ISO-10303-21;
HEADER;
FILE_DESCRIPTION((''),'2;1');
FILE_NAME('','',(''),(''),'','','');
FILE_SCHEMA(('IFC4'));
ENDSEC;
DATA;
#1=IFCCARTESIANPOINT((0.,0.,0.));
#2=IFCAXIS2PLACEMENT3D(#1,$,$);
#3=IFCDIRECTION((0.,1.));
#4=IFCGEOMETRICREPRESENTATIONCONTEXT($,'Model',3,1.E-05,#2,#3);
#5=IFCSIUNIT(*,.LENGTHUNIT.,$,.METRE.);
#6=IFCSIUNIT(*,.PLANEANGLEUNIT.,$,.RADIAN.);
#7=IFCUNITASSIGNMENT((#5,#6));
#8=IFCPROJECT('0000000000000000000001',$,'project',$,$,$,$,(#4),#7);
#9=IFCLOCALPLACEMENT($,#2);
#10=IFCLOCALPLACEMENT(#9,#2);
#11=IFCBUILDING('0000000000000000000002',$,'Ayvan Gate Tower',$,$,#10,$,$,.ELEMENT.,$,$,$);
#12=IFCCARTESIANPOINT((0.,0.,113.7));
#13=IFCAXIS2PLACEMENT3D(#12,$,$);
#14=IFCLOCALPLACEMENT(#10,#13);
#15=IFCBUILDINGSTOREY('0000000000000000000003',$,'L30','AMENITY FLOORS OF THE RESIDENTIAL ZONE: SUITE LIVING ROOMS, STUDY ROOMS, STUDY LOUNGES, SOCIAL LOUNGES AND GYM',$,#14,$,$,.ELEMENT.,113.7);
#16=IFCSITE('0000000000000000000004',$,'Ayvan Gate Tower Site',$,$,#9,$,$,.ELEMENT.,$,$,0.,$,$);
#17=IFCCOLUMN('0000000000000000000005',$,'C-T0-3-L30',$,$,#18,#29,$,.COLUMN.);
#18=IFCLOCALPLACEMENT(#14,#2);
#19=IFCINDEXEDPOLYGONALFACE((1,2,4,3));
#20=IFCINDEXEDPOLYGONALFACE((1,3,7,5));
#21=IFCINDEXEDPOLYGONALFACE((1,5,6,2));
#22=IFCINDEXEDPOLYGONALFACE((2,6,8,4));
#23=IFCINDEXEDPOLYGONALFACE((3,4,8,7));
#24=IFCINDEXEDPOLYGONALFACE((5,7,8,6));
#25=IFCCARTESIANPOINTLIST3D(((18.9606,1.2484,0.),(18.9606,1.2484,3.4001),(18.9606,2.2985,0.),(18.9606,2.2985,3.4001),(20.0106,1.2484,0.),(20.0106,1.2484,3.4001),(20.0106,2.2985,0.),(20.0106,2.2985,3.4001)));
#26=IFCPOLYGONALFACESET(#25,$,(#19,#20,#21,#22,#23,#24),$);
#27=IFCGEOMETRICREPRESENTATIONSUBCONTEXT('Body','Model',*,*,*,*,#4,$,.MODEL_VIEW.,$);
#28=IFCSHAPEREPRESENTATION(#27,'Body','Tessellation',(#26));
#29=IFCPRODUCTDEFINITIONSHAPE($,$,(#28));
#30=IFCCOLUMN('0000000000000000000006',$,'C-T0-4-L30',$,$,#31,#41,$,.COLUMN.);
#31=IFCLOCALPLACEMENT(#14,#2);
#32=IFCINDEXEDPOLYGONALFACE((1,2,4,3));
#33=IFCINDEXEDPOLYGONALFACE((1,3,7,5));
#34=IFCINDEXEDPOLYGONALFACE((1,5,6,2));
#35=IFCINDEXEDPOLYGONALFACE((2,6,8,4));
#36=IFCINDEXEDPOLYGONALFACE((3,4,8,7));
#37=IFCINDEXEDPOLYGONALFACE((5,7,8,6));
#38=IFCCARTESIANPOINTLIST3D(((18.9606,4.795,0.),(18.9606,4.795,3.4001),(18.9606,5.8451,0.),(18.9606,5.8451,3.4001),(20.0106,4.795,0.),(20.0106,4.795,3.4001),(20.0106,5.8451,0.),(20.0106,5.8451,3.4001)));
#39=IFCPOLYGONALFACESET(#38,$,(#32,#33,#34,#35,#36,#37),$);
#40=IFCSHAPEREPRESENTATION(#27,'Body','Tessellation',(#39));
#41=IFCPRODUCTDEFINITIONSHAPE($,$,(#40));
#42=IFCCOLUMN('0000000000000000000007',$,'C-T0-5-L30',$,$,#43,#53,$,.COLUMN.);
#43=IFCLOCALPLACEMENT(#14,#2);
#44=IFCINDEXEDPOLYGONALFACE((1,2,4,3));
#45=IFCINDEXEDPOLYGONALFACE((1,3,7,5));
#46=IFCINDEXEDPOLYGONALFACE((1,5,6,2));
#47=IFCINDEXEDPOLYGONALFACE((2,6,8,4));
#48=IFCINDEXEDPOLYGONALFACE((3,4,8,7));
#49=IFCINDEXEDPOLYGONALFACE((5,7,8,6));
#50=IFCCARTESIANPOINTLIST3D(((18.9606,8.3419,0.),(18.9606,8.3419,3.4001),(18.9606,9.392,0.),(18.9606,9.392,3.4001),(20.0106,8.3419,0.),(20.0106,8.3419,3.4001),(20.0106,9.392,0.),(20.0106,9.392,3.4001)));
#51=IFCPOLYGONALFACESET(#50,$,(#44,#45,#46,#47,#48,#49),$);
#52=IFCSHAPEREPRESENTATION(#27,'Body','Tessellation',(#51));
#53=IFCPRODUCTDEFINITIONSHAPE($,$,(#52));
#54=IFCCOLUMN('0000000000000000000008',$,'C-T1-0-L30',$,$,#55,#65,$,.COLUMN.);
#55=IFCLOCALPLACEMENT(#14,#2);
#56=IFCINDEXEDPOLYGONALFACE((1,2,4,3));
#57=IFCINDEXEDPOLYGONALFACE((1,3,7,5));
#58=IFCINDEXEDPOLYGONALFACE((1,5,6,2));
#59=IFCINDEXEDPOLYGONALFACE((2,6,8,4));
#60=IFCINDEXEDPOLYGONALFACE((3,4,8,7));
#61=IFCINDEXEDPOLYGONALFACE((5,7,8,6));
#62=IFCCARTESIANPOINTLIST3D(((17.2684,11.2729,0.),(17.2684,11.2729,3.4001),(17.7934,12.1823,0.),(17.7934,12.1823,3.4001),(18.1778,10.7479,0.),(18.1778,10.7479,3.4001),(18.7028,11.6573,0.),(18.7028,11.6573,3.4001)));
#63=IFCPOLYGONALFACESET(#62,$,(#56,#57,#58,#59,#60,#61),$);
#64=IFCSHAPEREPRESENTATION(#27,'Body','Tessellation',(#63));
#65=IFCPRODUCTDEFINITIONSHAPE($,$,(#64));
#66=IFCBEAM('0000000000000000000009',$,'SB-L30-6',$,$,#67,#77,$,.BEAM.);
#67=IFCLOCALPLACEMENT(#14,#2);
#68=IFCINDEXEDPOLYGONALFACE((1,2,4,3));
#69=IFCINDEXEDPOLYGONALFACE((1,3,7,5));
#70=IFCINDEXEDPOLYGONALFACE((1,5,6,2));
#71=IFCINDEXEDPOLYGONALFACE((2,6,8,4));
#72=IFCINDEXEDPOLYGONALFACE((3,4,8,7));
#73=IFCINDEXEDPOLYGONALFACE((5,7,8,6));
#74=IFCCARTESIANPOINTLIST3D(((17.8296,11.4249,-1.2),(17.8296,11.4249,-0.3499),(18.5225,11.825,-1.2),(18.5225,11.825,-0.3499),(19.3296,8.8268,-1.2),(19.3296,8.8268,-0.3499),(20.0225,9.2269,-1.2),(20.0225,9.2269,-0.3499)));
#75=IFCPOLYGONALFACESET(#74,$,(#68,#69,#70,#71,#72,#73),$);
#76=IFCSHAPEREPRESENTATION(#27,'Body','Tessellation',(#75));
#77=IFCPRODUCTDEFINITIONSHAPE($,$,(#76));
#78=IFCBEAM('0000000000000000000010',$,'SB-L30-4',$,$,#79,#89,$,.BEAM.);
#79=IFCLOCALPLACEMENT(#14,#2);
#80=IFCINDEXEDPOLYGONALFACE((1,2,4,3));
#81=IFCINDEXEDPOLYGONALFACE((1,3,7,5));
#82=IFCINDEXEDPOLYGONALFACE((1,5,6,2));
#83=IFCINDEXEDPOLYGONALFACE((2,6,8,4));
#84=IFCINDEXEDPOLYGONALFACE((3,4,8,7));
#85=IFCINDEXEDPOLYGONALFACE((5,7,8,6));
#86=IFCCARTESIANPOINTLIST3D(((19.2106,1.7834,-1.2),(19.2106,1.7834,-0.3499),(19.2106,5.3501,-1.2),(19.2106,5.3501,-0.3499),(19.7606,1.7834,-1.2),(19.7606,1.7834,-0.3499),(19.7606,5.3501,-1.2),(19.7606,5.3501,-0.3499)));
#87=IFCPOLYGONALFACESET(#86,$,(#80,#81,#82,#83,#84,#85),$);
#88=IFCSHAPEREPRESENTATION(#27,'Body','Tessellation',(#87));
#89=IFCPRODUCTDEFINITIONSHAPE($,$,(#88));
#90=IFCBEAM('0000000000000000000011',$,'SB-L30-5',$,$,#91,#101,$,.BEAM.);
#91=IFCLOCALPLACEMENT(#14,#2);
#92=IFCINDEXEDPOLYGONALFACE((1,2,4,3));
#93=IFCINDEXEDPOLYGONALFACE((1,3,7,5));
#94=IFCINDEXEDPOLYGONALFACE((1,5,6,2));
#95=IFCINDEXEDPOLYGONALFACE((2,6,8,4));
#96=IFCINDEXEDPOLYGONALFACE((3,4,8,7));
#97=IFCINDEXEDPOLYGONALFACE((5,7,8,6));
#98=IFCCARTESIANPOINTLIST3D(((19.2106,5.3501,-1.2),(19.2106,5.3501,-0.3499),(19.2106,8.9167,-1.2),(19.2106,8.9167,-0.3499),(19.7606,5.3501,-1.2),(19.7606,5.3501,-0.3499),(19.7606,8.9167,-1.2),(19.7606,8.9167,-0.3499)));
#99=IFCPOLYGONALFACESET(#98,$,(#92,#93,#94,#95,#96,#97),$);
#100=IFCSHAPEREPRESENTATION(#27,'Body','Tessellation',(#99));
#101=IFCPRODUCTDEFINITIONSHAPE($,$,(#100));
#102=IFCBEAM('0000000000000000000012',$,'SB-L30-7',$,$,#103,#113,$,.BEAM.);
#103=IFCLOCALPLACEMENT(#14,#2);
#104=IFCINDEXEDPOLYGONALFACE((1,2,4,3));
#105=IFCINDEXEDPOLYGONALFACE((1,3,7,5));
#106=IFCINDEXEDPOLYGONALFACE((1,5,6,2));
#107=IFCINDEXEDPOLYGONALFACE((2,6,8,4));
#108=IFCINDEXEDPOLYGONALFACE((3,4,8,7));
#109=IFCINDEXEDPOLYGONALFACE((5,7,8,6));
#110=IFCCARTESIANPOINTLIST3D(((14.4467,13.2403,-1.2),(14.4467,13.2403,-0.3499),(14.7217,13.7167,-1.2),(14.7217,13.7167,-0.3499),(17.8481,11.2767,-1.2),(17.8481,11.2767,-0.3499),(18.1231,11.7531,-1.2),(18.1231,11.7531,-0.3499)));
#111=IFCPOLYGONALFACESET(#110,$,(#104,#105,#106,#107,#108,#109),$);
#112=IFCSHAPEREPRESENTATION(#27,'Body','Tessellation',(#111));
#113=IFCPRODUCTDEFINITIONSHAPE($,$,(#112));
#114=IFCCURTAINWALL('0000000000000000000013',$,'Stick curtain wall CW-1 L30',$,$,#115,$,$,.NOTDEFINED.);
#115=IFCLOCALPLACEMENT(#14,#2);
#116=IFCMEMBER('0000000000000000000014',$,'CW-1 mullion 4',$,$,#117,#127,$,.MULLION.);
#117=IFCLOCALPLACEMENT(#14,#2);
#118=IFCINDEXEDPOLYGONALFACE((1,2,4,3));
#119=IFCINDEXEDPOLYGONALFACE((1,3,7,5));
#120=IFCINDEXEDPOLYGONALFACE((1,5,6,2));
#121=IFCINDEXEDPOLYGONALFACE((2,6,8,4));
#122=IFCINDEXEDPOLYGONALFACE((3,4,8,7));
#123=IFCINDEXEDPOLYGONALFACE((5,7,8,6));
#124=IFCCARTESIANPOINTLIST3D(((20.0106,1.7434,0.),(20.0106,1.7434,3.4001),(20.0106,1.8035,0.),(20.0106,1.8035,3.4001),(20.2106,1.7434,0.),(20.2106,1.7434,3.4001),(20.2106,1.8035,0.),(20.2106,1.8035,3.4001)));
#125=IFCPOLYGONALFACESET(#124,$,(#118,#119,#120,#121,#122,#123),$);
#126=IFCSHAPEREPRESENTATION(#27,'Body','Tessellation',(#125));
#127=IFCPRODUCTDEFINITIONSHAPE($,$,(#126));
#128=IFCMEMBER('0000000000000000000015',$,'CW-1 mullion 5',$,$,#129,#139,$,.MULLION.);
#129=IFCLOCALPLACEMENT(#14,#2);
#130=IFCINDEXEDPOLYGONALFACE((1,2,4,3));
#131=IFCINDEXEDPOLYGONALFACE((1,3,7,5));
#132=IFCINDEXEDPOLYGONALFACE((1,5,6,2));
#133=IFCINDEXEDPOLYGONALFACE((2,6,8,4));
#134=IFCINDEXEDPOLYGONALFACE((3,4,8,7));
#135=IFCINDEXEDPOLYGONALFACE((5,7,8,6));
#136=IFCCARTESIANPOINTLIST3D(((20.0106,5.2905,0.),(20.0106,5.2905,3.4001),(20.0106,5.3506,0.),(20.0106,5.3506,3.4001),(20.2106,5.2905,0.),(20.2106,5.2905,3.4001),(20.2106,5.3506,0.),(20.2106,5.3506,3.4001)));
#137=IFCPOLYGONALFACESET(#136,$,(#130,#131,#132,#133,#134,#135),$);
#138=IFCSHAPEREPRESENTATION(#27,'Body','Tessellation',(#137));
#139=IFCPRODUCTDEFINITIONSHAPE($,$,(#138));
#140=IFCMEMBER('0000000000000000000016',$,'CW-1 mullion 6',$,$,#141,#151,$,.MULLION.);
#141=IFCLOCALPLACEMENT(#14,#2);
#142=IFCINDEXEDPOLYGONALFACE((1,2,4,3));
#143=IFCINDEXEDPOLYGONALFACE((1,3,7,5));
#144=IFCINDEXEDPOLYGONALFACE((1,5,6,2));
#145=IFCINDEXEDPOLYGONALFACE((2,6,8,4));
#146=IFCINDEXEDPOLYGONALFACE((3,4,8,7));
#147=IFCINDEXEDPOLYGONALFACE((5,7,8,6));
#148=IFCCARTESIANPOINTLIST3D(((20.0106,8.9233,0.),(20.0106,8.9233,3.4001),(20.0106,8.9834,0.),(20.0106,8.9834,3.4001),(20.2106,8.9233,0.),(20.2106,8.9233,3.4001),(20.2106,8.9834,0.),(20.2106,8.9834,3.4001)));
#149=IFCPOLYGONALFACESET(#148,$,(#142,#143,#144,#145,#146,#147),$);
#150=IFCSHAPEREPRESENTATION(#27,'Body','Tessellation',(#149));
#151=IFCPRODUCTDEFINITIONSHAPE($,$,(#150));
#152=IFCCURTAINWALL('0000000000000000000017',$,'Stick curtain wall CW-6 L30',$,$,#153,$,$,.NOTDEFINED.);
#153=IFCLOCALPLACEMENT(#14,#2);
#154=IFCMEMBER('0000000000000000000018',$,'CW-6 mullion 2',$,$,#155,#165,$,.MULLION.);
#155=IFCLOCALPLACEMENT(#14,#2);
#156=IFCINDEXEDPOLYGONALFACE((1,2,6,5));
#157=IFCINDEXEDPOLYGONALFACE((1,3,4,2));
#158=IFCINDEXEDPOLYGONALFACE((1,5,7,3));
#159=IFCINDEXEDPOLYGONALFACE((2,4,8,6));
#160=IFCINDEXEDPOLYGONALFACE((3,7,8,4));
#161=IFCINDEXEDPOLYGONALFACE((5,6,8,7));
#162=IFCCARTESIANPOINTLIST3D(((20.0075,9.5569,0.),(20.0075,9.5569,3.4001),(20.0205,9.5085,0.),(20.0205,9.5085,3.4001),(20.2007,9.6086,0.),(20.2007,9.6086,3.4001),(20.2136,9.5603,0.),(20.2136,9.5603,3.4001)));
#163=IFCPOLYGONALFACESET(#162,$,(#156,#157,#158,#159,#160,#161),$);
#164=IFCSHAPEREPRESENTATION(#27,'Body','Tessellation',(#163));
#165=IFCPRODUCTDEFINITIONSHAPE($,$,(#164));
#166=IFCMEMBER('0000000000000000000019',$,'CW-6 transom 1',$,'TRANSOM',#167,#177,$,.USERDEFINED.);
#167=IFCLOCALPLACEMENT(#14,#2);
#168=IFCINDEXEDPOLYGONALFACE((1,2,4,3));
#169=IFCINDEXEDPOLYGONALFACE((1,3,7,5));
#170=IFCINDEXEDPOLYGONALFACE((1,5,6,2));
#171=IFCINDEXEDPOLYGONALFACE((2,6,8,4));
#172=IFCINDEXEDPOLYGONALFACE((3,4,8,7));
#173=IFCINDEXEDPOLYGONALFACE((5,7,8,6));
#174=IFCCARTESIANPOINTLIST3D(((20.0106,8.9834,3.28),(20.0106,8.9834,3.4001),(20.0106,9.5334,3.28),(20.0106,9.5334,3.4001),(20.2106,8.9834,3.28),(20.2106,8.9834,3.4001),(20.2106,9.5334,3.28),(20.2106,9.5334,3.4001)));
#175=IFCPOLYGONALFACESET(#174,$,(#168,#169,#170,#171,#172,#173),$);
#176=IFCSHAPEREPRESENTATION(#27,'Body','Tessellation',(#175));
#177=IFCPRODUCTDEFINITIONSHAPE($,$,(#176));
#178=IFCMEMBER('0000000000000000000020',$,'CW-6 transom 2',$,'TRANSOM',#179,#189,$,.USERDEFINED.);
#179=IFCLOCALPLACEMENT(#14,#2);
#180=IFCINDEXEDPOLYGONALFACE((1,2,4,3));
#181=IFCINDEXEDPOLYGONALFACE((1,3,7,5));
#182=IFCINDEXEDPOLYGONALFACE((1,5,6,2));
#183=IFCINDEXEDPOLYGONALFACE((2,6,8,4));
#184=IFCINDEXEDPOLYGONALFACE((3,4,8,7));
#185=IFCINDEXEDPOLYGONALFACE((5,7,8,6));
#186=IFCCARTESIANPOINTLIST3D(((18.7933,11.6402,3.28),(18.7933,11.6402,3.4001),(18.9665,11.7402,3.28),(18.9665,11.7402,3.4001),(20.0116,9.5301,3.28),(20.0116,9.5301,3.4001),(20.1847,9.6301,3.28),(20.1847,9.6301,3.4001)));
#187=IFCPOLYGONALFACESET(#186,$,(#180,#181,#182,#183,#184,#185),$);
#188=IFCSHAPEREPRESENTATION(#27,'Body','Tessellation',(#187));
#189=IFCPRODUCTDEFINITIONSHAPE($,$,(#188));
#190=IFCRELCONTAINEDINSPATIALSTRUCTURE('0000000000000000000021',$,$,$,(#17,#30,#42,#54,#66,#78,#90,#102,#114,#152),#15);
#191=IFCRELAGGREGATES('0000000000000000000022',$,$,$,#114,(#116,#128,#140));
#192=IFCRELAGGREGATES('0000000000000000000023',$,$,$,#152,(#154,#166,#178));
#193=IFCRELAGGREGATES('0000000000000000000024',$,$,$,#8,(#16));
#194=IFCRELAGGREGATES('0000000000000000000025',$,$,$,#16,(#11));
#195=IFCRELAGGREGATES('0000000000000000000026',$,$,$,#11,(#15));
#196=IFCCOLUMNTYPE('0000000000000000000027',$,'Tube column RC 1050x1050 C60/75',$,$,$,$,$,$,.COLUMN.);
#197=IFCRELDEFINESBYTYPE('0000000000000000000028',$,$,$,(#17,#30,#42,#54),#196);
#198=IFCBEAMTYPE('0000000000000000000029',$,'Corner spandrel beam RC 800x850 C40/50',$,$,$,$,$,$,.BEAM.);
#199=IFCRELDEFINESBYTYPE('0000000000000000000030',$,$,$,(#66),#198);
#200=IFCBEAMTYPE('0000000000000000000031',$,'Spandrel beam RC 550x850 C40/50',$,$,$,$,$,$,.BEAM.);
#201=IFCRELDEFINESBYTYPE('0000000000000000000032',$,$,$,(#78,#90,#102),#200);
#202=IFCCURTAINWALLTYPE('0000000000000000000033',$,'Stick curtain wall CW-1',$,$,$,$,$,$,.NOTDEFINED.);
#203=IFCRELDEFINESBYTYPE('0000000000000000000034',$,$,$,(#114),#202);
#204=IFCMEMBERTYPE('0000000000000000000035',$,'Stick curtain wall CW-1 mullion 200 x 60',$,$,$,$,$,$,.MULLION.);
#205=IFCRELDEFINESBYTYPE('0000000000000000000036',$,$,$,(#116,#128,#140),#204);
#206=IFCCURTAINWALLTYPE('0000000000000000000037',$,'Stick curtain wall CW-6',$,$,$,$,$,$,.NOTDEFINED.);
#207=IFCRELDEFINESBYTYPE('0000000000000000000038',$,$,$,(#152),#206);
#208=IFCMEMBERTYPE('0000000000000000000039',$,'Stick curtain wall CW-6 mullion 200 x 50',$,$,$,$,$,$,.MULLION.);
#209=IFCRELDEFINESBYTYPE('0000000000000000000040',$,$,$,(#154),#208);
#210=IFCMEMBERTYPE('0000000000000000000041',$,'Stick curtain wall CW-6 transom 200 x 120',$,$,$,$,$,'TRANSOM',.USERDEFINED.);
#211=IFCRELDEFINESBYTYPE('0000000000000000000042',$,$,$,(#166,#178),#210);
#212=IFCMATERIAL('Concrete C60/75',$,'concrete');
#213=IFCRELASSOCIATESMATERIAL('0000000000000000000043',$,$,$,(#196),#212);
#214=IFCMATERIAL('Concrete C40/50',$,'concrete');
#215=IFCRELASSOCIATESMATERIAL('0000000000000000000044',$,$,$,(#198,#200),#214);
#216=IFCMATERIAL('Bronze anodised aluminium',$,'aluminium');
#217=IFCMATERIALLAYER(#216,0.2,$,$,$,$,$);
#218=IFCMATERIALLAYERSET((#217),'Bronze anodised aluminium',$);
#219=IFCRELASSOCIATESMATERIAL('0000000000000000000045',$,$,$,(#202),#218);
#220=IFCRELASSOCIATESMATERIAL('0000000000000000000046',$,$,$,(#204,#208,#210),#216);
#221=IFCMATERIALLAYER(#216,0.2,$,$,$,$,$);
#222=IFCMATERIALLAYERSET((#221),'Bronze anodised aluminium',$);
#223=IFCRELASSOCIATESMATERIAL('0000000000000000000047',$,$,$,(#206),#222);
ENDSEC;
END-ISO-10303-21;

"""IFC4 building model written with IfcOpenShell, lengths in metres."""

from ifc_helpers import new_model, si_unit, direction, frame, origin, origin_2d, place, context, subcontext, project, spatial, rectangle, extrude, material, layer, layer_set, material_profile, profile_set, type_object, element, aggregate, save


model = new_model("IFC4")

# Units and contexts
model_context = context("Model", 3, precision=1e-05, world=origin(), true_north=direction((0.0, 1.0)))
body_context = subcontext(model_context, "Body", "Model", "MODEL_VIEW")
ifc_project = project(units=[si_unit("LENGTHUNIT", "METRE"), si_unit("PLANEANGLEUNIT", "RADIAN")], contexts=[model_context])

# Site, building, storey
site_placement = place(None, origin())
site = spatial("IfcSite", under=ifc_project, at=site_placement, Name="Ayvan Gate Tower Site", CompositionType="ELEMENT", RefElevation=0.0)
building_placement = place(site_placement, origin())
building = spatial("IfcBuilding", under=site, at=building_placement, Name="Ayvan Gate Tower", CompositionType="ELEMENT")
storey_placement = place(building_placement, frame((0.0, 0.0, 113.7)))
storey = spatial("IfcBuildingStorey", under=building, at=storey_placement, Name="L30", Description="AMENITY FLOORS OF THE RESIDENTIAL ZONE: SUITE LIVING ROOMS, STUDY ROOMS, STUDY LOUNGES, SOCIAL LOUNGES AND GYM", CompositionType="ELEMENT", Elevation=113.7)

# Columns
ifc_material_1 = material(Name="Concrete C60/75", Category="concrete")
ifc_material_profile_1 = material_profile(ifc_material_1, rectangle(XDim=1.05, YDim=1.05, at=origin_2d()), Name="RC 1050x1050")
ifc_profile_set_1 = profile_set([ifc_material_profile_1], Name="Concrete C60/75")
column_type = type_object("IfcColumnType", Name="Tube column RC 1050x1050 C60/75", PredefinedType="COLUMN", material=ifc_profile_set_1)
for number, where, z_axis, x_axis, name in (
    (1, (19.4856, 1.7734, 0.0), (0.0, 0.0, 1.0), (1.0, 0.0, 0.0), "C-T0-3-L30"),
    (2, (19.4856, 5.3201, 0.0), (0.0, 0.0, 1.0), (1.0, 0.0, 0.0), "C-T0-4-L30"),
    (3, (19.4856, 8.8669, 0.0), (0.0, 0.0, 1.0), (1.0, 0.0, 0.0), "C-T0-5-L30"),
    (4, (17.9856, 11.4651, 0.0), (0.0, 0.0, 1.0), (0.5, 0.866025, 0.0), "C-T1-0-L30"),
):
    element("IfcColumn", number, at=place(storey_placement, frame(where, z_axis=z_axis, x_axis=x_axis)), inside=storey, type_object=column_type, Name=name, PredefinedType="COLUMN", context=body_context, shape_type="SweptSolid", body=[
        extrude(rectangle(XDim=1.05, YDim=1.05, at=origin_2d()), origin(), (0.0, 0.0, 1.0), 3.4001),
    ])

# Beams
ifc_material_2 = material(Name="Concrete C40/50", Category="concrete")
ifc_material_profile_2 = material_profile(ifc_material_2, rectangle(XDim=0.8, YDim=0.8501, at=origin_2d()), Name="RC 800x850")
ifc_profile_set_2 = profile_set([ifc_material_profile_2], Name="Concrete C40/50")
beam_type_1 = type_object("IfcBeamType", Name="Corner spandrel beam RC 800x850 C40/50", PredefinedType="BEAM", material=ifc_profile_set_2)
beam_1_placement = place(storey_placement, frame((19.676, 9.0269, -0.7749), z_axis=(-0.49999, 0.866031, 0.0), x_axis=(-0.866031, -0.49999, 0.0)))
element("IfcBeam", 5, at=beam_1_placement, inside=storey, type_object=beam_type_1, Name="SB-L30-6", PredefinedType="BEAM", context=body_context, shape_type="SweptSolid", body=[
    extrude(rectangle(XDim=0.8, YDim=0.8501, at=origin_2d()), origin(), (0.0, 0.0, 1.0), 3.0),
])
ifc_material_profile_3 = material_profile(ifc_material_2, rectangle(XDim=0.55, YDim=0.8501, at=origin_2d()), Name="RC 550x850")
ifc_profile_set_3 = profile_set([ifc_material_profile_3], Name="Concrete C40/50")
beam_type_2 = type_object("IfcBeamType", Name="Spandrel beam RC 550x850 C40/50", PredefinedType="BEAM", material=ifc_profile_set_3)
for number, where, z_axis, x_axis, name in (
    (6, (19.4856, 1.7834, -0.7749), (0.0, 1.0, 0.0), (-1.0, 0.0, 0.0), "SB-L30-4"),
    (7, (19.4856, 5.3501, -0.7749), (0.0, 1.0, 0.0), (-1.0, 0.0, 0.0), "SB-L30-5"),
):
    element("IfcBeam", number, at=place(storey_placement, frame(where, z_axis=z_axis, x_axis=x_axis)), inside=storey, type_object=beam_type_2, Name=name, PredefinedType="BEAM", context=body_context, shape_type="SweptSolid", body=[
        extrude(rectangle(XDim=0.55, YDim=0.8501, at=origin_2d()), origin(), (0.0, 0.0, 1.0), 3.5667),
    ])
beam_2_placement = place(storey_placement, frame((17.9856, 11.5149, -0.7749), z_axis=(-0.866043, 0.49997, 0.0), x_axis=(-0.49997, -0.866043, 0.0)))
element("IfcBeam", 8, at=beam_2_placement, inside=storey, type_object=beam_type_2, Name="SB-L30-7", PredefinedType="BEAM", context=body_context, shape_type="SweptSolid", body=[
    extrude(rectangle(XDim=0.55, YDim=0.8501, at=origin_2d()), origin(), (0.0, 0.0, 1.0), 3.9275),
])

# Curtain walls, members
ifc_material_3 = material(Name="Bronze anodised aluminium", Category="aluminium")
ifc_layer_1 = layer(ifc_material_3, 0.2)
ifc_layer_set_1 = layer_set([ifc_layer_1], Name="Bronze anodised aluminium")
curtain_wall_type_1 = type_object("IfcCurtainWallType", Name="Stick curtain wall CW-1", PredefinedType="NOTDEFINED", material=ifc_layer_set_1)
curtain_wall_1_placement = place(storey_placement, origin())
curtain_wall_1 = element("IfcCurtainWall", 9, at=curtain_wall_1_placement, inside=storey, type_object=curtain_wall_type_1, Name="Stick curtain wall CW-1 L30", PredefinedType="NOTDEFINED")
ifc_material_profile_4 = material_profile(ifc_material_3, rectangle(XDim=0.2, YDim=0.0601, at=origin_2d()), Name="Stick curtain wall CW-1 mullion 200 x 60")
ifc_profile_set_4 = profile_set([ifc_material_profile_4], Name="Bronze anodised aluminium")
member_type_1 = type_object("IfcMemberType", Name="Stick curtain wall CW-1 mullion 200 x 60", PredefinedType="MULLION", material=ifc_profile_set_4)
member_1_placement = place(storey_placement, frame((20.1106, 1.7734, 0.0), z_axis=(0.0, 0.0, 1.0), x_axis=(1.0, 0.0, 0.0)))
member_1 = element("IfcMember", 10, at=member_1_placement, type_object=member_type_1, Name="CW-1 mullion 4", PredefinedType="MULLION", context=body_context, shape_type="SweptSolid", body=[
    extrude(rectangle(XDim=0.2, YDim=0.0601, at=origin_2d()), origin(), (0.0, 0.0, 1.0), 3.4001),
])
member_2_placement = place(storey_placement, frame((20.1106, 5.3206, 0.0), z_axis=(0.0, 0.0, 1.0), x_axis=(1.0, 0.0, 0.0)))
member_2 = element("IfcMember", 11, at=member_2_placement, type_object=member_type_1, Name="CW-1 mullion 5", PredefinedType="MULLION", context=body_context, shape_type="SweptSolid", body=[
    extrude(rectangle(XDim=0.2, YDim=0.0601, at=origin_2d()), origin(), (0.0, 0.0, 1.0), 3.4001),
])
member_3_placement = place(storey_placement, frame((20.1106, 8.9534, 0.0), z_axis=(0.0, 0.0, 1.0), x_axis=(1.0, 0.0, 0.0)))
member_3 = element("IfcMember", 12, at=member_3_placement, type_object=member_type_1, Name="CW-1 mullion 6", PredefinedType="MULLION", context=body_context, shape_type="SweptSolid", body=[
    extrude(rectangle(XDim=0.2, YDim=0.0601, at=origin_2d()), origin(), (0.0, 0.0, 1.0), 3.4001),
])
ifc_layer_2 = layer(ifc_material_3, 0.2)
ifc_layer_set_2 = layer_set([ifc_layer_2], Name="Bronze anodised aluminium")
curtain_wall_type_2 = type_object("IfcCurtainWallType", Name="Stick curtain wall CW-6", PredefinedType="NOTDEFINED", material=ifc_layer_set_2)
curtain_wall_2_placement = place(storey_placement, origin())
curtain_wall_2 = element("IfcCurtainWall", 13, at=curtain_wall_2_placement, inside=storey, type_object=curtain_wall_type_2, Name="Stick curtain wall CW-6 L30", PredefinedType="NOTDEFINED")
ifc_material_profile_5 = material_profile(ifc_material_3, rectangle(XDim=0.2, YDim=0.05, at=origin_2d()), Name="Stick curtain wall CW-6 mullion 200 x 50")
ifc_profile_set_5 = profile_set([ifc_material_profile_5], Name="Bronze anodised aluminium")
member_type_2 = type_object("IfcMemberType", Name="Stick curtain wall CW-6 mullion 200 x 50", PredefinedType="MULLION", material=ifc_profile_set_5)
member_4_placement = place(storey_placement, frame((20.1106, 9.5586, 0.0), z_axis=(0.0, 0.0, 1.0), x_axis=(0.965926, 0.258819, 0.0)))
member_4 = element("IfcMember", 14, at=member_4_placement, type_object=member_type_2, Name="CW-6 mullion 2", PredefinedType="MULLION", context=body_context, shape_type="SweptSolid", body=[
    extrude(rectangle(XDim=0.2, YDim=0.05, at=origin_2d()), origin(), (0.0, 0.0, 1.0), 3.4001),
])
ifc_material_profile_6 = material_profile(ifc_material_3, rectangle(XDim=0.2, YDim=0.1201, at=origin_2d()), Name="Stick curtain wall CW-6 transom 200 x 120")
ifc_profile_set_6 = profile_set([ifc_material_profile_6], Name="Bronze anodised aluminium")
member_type_3 = type_object("IfcMemberType", Name="Stick curtain wall CW-6 transom 200 x 120", ElementType="TRANSOM", PredefinedType="USERDEFINED", material=ifc_profile_set_6)
member_5_placement = place(storey_placement, frame((20.1106, 8.9834, 3.3401), z_axis=(0.0, 1.0, 0.0), x_axis=(-1.0, 0.0, 0.0)))
member_5 = element("IfcMember", 15, at=member_5_placement, type_object=member_type_3, Name="CW-6 transom 1", ObjectType="TRANSOM", PredefinedType="USERDEFINED", context=body_context, shape_type="SweptSolid", body=[
    extrude(rectangle(XDim=0.2, YDim=0.1201, at=origin_2d()), origin(), (0.0, 0.0, 1.0), 0.55),
])
member_6_placement = place(storey_placement, frame((20.0981, 9.5801, 3.3401), z_axis=(-0.499997, 0.866027, 0.0), x_axis=(-0.866027, -0.499997, 0.0)))
member_6 = element("IfcMember", 16, at=member_6_placement, type_object=member_type_3, Name="CW-6 transom 2", ObjectType="TRANSOM", PredefinedType="USERDEFINED", context=body_context, shape_type="SweptSolid", body=[
    extrude(rectangle(XDim=0.2, YDim=0.1201, at=origin_2d()), origin(), (0.0, 0.0, 1.0), 2.4365),
])

aggregate(curtain_wall_1, [member_1, member_2, member_3])
aggregate(curtain_wall_2, [member_4, member_5, member_6])

save(model, "model.ifc")
